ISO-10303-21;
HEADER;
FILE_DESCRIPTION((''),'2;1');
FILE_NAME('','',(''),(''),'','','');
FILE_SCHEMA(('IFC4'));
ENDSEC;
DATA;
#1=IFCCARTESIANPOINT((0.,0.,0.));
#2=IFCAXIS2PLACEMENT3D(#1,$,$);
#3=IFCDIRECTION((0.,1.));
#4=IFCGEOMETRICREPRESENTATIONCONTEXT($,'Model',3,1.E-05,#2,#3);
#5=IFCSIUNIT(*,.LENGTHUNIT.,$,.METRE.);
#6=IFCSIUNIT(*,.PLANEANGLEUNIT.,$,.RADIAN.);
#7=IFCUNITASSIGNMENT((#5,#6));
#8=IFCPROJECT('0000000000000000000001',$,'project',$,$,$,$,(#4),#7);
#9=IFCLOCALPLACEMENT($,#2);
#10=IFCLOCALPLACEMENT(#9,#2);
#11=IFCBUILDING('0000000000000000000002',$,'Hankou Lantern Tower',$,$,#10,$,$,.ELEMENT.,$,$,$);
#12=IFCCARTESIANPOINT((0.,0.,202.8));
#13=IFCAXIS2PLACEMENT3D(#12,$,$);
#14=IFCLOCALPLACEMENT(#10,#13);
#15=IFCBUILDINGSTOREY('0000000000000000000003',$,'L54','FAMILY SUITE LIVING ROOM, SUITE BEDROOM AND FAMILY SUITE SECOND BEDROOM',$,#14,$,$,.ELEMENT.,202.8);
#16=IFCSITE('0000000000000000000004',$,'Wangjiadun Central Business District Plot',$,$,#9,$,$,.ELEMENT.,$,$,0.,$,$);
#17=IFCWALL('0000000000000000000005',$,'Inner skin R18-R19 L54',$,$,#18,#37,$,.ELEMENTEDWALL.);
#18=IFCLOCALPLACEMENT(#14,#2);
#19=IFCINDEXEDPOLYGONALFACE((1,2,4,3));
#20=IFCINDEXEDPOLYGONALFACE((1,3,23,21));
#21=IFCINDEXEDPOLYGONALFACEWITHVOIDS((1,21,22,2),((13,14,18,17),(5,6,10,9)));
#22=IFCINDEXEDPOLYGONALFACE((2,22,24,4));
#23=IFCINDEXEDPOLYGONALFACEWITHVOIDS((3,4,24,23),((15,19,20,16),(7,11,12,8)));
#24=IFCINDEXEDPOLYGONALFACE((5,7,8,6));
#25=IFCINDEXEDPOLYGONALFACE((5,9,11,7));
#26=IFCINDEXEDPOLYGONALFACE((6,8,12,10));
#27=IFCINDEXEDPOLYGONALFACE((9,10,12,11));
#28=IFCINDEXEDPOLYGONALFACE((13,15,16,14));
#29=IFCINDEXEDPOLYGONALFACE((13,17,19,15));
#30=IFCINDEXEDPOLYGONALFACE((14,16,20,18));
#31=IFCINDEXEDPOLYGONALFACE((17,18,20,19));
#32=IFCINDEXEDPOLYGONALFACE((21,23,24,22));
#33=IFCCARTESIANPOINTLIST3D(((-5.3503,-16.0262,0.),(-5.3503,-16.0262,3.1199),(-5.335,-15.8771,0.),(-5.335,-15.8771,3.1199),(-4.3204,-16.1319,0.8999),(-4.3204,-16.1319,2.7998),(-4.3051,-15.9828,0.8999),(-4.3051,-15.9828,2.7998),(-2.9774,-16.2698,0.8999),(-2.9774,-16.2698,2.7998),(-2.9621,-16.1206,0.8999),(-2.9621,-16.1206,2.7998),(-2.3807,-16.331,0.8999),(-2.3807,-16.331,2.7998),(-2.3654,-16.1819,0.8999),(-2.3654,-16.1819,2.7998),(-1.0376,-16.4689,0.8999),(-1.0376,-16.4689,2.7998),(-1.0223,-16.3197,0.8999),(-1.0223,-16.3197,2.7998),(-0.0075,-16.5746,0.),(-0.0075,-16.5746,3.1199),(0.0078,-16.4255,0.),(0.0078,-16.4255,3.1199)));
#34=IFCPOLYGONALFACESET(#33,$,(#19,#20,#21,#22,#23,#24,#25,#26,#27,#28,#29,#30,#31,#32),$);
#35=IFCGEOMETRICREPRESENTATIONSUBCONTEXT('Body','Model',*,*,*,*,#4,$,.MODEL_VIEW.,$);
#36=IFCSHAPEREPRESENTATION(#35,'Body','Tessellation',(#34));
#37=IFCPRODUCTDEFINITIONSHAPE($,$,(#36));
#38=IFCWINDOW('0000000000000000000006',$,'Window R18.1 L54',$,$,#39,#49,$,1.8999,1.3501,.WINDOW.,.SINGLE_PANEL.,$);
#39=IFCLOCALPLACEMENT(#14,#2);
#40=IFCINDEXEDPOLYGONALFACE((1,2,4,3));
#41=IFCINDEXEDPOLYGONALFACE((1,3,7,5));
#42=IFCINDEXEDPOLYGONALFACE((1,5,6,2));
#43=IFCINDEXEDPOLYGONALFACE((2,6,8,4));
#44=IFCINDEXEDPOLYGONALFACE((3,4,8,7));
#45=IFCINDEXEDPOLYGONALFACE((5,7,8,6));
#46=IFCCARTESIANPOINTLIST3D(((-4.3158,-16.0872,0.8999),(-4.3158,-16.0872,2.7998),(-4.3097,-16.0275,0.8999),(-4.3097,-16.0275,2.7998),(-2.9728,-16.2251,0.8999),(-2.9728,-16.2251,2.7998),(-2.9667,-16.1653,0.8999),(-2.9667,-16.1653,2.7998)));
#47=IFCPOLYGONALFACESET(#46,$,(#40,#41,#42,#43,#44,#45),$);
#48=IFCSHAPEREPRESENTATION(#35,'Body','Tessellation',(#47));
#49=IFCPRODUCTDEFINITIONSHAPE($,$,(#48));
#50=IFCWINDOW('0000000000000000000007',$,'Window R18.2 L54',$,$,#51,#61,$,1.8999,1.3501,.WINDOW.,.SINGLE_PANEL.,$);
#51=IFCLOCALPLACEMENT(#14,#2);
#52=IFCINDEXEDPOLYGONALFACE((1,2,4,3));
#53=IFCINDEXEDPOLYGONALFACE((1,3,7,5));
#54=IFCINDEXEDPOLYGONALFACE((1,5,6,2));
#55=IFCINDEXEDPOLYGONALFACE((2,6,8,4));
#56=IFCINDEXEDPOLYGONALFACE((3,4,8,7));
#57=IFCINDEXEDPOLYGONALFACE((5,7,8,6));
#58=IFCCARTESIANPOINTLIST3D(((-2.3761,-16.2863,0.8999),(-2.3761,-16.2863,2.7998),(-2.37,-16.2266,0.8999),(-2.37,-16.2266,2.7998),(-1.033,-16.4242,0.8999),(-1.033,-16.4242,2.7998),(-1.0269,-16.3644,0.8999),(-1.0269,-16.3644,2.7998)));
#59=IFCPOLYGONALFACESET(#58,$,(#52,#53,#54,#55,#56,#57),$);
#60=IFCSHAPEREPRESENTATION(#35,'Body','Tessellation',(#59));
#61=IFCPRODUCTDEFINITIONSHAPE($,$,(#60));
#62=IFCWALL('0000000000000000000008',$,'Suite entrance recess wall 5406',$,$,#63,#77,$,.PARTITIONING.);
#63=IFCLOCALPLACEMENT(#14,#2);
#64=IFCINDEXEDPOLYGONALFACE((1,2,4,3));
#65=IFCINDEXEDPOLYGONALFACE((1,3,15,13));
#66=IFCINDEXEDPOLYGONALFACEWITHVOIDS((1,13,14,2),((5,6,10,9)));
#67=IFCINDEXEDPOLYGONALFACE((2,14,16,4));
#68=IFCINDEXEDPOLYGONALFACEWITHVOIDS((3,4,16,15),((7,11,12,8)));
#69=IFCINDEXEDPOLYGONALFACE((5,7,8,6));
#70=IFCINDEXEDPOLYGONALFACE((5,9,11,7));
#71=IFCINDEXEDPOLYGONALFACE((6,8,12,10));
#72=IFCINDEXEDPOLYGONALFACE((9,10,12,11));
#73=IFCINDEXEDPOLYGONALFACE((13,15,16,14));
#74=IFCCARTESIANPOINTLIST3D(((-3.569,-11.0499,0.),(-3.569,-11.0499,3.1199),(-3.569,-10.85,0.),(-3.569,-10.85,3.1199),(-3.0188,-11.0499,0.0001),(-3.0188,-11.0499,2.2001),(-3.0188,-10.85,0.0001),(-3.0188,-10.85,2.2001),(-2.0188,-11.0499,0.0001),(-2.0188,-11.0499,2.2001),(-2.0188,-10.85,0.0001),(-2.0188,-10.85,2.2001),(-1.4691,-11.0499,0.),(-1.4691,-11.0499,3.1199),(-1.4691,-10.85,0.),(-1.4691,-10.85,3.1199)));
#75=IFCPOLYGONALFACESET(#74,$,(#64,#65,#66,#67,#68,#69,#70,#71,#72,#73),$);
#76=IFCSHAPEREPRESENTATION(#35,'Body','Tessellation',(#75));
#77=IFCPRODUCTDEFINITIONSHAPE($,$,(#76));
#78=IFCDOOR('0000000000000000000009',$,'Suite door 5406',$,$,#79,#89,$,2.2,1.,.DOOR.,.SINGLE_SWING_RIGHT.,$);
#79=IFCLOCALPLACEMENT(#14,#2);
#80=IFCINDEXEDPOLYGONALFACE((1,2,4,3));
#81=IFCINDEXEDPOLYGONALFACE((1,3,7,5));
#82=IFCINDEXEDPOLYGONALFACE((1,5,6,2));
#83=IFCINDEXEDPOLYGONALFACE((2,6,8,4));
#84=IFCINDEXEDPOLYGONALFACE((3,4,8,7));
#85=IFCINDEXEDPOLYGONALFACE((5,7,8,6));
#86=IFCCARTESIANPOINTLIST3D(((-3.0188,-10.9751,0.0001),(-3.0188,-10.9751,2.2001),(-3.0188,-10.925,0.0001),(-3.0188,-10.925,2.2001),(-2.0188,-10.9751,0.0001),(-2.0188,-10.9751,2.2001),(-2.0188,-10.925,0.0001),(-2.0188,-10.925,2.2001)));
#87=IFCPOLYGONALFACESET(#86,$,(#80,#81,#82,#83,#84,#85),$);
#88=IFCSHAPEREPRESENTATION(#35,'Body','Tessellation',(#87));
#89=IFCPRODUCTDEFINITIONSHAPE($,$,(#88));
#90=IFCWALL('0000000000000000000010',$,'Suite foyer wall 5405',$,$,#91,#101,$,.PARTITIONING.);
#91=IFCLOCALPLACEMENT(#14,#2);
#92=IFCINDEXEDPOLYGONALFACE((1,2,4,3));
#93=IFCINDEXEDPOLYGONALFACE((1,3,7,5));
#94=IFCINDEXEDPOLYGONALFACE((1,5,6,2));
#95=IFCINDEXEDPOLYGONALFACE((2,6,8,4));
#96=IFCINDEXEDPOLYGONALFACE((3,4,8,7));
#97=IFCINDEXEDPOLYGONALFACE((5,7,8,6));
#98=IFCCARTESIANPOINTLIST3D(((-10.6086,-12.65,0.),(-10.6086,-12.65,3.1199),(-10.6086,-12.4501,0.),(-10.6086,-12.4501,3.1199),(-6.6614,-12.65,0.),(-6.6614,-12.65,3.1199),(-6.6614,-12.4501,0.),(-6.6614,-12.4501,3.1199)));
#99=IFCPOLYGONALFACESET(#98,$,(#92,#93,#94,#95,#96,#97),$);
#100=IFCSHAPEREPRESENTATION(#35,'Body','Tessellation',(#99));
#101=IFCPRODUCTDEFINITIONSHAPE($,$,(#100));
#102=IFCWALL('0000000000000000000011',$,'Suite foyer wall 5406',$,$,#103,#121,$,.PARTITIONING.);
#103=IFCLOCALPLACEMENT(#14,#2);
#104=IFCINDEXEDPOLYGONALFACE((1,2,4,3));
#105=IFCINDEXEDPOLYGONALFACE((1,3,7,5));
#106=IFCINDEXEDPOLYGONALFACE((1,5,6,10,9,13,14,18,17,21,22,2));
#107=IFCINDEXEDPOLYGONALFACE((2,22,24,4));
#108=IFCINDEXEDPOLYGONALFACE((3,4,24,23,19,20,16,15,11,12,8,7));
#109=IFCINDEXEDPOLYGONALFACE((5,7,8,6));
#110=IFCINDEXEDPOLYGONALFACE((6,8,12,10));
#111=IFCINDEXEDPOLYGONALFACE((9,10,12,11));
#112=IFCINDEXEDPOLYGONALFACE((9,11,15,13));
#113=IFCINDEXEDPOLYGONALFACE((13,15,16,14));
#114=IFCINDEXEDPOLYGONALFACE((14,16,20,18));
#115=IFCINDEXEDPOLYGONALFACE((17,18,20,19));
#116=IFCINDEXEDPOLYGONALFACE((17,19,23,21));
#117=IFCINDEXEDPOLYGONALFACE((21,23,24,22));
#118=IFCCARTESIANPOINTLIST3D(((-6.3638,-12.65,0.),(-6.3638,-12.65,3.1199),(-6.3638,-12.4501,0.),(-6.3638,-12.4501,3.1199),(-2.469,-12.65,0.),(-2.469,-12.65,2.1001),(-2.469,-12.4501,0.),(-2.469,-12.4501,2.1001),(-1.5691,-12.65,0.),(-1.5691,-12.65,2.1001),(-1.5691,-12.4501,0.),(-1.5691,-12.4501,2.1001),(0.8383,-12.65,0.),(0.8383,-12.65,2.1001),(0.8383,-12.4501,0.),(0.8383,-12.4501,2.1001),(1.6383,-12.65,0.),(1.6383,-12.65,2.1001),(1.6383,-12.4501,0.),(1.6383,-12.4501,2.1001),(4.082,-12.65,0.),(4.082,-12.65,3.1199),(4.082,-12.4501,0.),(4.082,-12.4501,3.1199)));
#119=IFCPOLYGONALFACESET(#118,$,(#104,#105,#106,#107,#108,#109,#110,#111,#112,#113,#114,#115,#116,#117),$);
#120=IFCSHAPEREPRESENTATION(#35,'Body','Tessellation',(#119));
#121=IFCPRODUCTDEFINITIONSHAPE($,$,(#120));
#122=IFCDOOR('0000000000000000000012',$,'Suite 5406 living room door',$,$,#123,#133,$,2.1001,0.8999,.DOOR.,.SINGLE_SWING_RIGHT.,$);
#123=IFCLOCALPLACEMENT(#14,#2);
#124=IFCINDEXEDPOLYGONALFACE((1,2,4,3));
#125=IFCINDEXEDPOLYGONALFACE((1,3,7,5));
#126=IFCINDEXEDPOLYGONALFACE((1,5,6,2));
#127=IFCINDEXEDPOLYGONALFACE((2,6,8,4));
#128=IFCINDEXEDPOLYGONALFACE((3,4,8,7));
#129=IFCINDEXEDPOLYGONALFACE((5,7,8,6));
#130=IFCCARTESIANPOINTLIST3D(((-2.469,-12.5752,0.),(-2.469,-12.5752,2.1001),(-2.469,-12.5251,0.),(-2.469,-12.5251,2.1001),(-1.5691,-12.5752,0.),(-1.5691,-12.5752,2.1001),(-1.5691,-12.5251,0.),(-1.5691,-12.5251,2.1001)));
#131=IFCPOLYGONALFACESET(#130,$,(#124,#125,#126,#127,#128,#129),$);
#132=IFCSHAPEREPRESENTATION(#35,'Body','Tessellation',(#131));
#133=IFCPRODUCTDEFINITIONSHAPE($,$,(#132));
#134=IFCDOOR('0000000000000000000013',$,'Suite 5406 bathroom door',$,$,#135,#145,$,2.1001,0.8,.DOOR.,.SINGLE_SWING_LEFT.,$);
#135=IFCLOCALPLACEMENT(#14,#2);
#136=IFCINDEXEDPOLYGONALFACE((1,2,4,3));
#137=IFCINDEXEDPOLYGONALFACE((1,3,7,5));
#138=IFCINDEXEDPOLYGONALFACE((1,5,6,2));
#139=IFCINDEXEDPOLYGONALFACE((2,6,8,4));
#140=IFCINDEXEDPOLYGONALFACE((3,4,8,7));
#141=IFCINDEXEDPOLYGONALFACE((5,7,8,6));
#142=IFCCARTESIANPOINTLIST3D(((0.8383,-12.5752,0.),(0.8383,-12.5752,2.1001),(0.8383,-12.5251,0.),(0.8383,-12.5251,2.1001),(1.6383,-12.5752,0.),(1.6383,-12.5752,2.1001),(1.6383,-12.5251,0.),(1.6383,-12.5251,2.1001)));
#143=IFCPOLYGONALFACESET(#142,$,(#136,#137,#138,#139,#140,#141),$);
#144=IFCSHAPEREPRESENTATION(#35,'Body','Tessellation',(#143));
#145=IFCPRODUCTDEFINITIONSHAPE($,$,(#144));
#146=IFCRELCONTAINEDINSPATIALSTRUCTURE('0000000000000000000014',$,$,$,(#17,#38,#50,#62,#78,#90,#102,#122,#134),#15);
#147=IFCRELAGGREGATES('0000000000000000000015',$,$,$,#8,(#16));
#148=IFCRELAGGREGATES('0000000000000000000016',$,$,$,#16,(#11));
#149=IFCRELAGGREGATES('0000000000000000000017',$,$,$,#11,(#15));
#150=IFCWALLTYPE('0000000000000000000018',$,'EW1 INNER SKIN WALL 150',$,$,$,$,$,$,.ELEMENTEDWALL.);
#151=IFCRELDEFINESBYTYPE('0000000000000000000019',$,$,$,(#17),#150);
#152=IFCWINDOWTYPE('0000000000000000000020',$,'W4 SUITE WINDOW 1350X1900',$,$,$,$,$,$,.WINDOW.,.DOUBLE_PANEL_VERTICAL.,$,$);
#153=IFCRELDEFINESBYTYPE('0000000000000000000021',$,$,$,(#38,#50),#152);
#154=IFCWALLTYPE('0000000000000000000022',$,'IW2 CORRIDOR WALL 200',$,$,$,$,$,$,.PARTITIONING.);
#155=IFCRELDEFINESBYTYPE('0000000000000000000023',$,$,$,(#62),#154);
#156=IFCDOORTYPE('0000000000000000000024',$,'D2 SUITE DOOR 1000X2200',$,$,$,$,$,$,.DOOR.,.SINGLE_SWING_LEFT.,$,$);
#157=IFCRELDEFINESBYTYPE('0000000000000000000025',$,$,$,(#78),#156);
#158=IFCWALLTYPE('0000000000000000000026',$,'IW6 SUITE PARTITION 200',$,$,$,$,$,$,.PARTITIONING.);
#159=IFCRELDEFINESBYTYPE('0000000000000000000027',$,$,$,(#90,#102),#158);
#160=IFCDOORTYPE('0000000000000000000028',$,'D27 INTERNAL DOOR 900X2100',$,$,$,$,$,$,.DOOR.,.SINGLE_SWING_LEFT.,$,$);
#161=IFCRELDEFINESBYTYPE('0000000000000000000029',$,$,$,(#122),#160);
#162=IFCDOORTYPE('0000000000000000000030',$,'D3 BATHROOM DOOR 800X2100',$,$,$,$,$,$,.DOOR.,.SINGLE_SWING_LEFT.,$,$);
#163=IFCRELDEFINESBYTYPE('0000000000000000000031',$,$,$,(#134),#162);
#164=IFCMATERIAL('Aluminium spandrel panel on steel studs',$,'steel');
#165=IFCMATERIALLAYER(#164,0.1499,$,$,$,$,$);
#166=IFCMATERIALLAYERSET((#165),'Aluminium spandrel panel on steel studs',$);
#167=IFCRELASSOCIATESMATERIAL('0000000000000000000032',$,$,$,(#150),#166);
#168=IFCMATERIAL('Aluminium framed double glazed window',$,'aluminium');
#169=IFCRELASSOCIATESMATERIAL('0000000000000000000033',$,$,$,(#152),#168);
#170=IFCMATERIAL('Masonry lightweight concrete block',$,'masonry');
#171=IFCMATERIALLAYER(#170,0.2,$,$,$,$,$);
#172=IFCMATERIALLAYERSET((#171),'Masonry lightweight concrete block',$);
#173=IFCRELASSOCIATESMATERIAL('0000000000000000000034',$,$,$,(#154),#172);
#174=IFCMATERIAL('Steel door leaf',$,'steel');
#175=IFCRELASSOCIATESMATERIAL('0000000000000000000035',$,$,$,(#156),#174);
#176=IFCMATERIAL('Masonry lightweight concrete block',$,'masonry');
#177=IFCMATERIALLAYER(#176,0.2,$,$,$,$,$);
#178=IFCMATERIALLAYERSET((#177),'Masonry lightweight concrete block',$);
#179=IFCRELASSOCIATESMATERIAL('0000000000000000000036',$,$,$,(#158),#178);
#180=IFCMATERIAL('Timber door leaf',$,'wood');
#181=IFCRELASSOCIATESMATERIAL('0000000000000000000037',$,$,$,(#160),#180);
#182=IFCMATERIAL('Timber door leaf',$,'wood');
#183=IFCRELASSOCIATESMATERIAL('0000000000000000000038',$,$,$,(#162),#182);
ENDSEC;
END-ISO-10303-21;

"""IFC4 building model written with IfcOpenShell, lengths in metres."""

from ifc_helpers import new_model, si_unit, direction, frame, frame_2d, origin, place, context, subcontext, project, spatial, rectangle, extrude, material, layer, layer_set, type_object, element, fill, save


model = new_model("IFC4")

# Units and contexts
model_context = context("Model", 3, precision=1e-05, world=origin(), true_north=direction((0.0, 1.0)))
body_context = subcontext(model_context, "Body", "Model", "MODEL_VIEW")
ifc_project = project(units=[si_unit("LENGTHUNIT", "METRE"), si_unit("PLANEANGLEUNIT", "RADIAN")], contexts=[model_context])

# Site, building, storey
site_placement = place(None, origin())
site = spatial("IfcSite", under=ifc_project, at=site_placement, Name="Wangjiadun Central Business District Plot", CompositionType="ELEMENT", RefElevation=0.0)
building_placement = place(site_placement, origin())
building = spatial("IfcBuilding", under=site, at=building_placement, Name="Hankou Lantern Tower", CompositionType="ELEMENT")
storey_placement = place(building_placement, frame((0.0, 0.0, 202.8)))
storey = spatial("IfcBuildingStorey", under=building, at=storey_placement, Name="L54", Description="FAMILY SUITE LIVING ROOM, SUITE BEDROOM AND FAMILY SUITE SECOND BEDROOM", CompositionType="ELEMENT", Elevation=202.8)

# Wall, openings, windows
ifc_material_1 = material(Name="Aluminium spandrel panel on steel studs", Category="steel")
ifc_layer_1 = layer(ifc_material_1, 0.1499)
ifc_layer_set_1 = layer_set([ifc_layer_1], Name="Aluminium spandrel panel on steel studs")
wall_type_1 = type_object("IfcWallType", Name="EW1 INNER SKIN WALL 150", PredefinedType="ELEMENTEDWALL", material=ifc_layer_set_1)
ifc_material_2 = material(Name="Aluminium framed double glazed window", Category="aluminium")
window_type = type_object("IfcWindowType", Name="W4 SUITE WINDOW 1350X1900", PartitioningType="DOUBLE_PANEL_VERTICAL", PredefinedType="WINDOW", material=ifc_material_2)
wall_1_placement = place(storey_placement, frame((-5.3428, -15.9517, 0.0), z_axis=(0.0, 0.0, 1.0), x_axis=(0.994775, -0.102096, 0.0)))
wall_1 = element("IfcWall", 1, at=wall_1_placement, inside=storey, type_object=wall_type_1, Name="Inner skin R18-R19 L54", PredefinedType="ELEMENTEDWALL", context=body_context, shape_type="SweptSolid", body=[
    extrude(rectangle(XDim=5.3708, YDim=0.1499, at=frame_2d((2.6855, 0.0))), origin(), (0.0, 0.0, 1.0), 3.1199),
])
opening_1_placement = place(wall_1_placement, frame((1.0354, 0.0, 0.8999)))
opening_1 = element("IfcOpeningElement", 2, at=opening_1_placement, cuts=wall_1, PredefinedType="OPENING", context=body_context, shape_type="SweptSolid", body=[
    extrude(rectangle(XDim=1.3501, YDim=1.8999, at=frame_2d((0.675, 0.95))), frame((0.0, 0.085, 0.0), z_axis=(0.0, -1.0, 0.0), x_axis=(1.0, 0.0, 0.0)), (0.0, 0.0, 1.0), 0.1699),
])
opening_2_placement = place(wall_1_placement, frame((2.9854, 0.0, 0.8999)))
opening_2 = element("IfcOpeningElement", 3, at=opening_2_placement, cuts=wall_1, PredefinedType="OPENING", context=body_context, shape_type="SweptSolid", body=[
    extrude(rectangle(XDim=1.3501, YDim=1.8999, at=frame_2d((0.675, 0.95))), frame((0.0, 0.085, 0.0), z_axis=(0.0, -1.0, 0.0), x_axis=(1.0, 0.0, 0.0)), (0.0, 0.0, 1.0), 0.1699),
])
window_1_placement = place(opening_1_placement, origin())
window_1 = element("IfcWindow", 4, at=window_1_placement, inside=storey, type_object=window_type, Name="Window R18.1 L54", OverallHeight=1.8999, OverallWidth=1.3501, PartitioningType="SINGLE_PANEL", PredefinedType="WINDOW", context=body_context, shape_type="SweptSolid", body=[
    extrude(rectangle(XDim=1.3501, YDim=1.8999, at=frame_2d((0.675, 0.95))), frame((0.0, 0.03, 0.0), z_axis=(0.0, -1.0, 0.0), x_axis=(1.0, 0.0, 0.0)), (0.0, 0.0, 1.0), 0.0601),
])
fill(opening_1, window_1)
window_2_placement = place(opening_2_placement, origin())
window_2 = element("IfcWindow", 5, at=window_2_placement, inside=storey, type_object=window_type, Name="Window R18.2 L54", OverallHeight=1.8999, OverallWidth=1.3501, PartitioningType="SINGLE_PANEL", PredefinedType="WINDOW", context=body_context, shape_type="SweptSolid", body=[
    extrude(rectangle(XDim=1.3501, YDim=1.8999, at=frame_2d((0.675, 0.95))), frame((0.0, 0.03, 0.0), z_axis=(0.0, -1.0, 0.0), x_axis=(1.0, 0.0, 0.0)), (0.0, 0.0, 1.0), 0.0601),
])
fill(opening_2, window_2)

# Wall, opening, door
ifc_material_3 = material(Name="Masonry lightweight concrete block", Category="masonry")
ifc_layer_2 = layer(ifc_material_3, 0.2)
ifc_layer_set_2 = layer_set([ifc_layer_2], Name="Masonry lightweight concrete block")
wall_type_2 = type_object("IfcWallType", Name="IW2 CORRIDOR WALL 200", PredefinedType="PARTITIONING", material=ifc_layer_set_2)
wall_2_placement = place(storey_placement, frame((-3.5688, -10.95, 0.0), z_axis=(0.0, 0.0, 1.0), x_axis=(1.0, 0.0, 0.0)))
wall_2 = element("IfcWall", 6, at=wall_2_placement, inside=storey, type_object=wall_type_2, Name="Suite entrance recess wall 5406", PredefinedType="PARTITIONING", context=body_context, shape_type="SweptSolid", body=[
    extrude(rectangle(XDim=2.0999, YDim=0.2, at=frame_2d((1.0498, 0.0))), origin(), (0.0, 0.0, 1.0), 3.1199),
])
opening_3_placement = place(wall_2_placement, frame((0.55, 0.0, 0.0)))
opening_3 = element("IfcOpeningElement", 7, at=opening_3_placement, cuts=wall_2, PredefinedType="OPENING", context=body_context, shape_type="SweptSolid", body=[
    extrude(rectangle(XDim=1.0, YDim=2.2, at=frame_2d((0.5, 1.1001))), frame((0.0, 0.1099, 0.0), z_axis=(0.0, -1.0, 0.0), x_axis=(1.0, 0.0, 0.0)), (0.0, 0.0, 1.0), 0.22),
])
ifc_material_4 = material(Name="Steel door leaf", Category="steel")
door_type_1 = type_object("IfcDoorType", Name="D2 SUITE DOOR 1000X2200", OperationType="SINGLE_SWING_LEFT", PredefinedType="DOOR", material=ifc_material_4)
door_1_placement = place(opening_3_placement, origin())
door_1 = element("IfcDoor", 8, at=door_1_placement, inside=storey, type_object=door_type_1, Name="Suite door 5406", OperationType="SINGLE_SWING_RIGHT", OverallHeight=2.2, OverallWidth=1.0, PredefinedType="DOOR", context=body_context, shape_type="SweptSolid", body=[
    extrude(rectangle(XDim=1.0, YDim=2.2, at=frame_2d((0.5, 1.1001))), frame((0.0, 0.0249, 0.0), z_axis=(0.0, -1.0, 0.0), x_axis=(1.0, 0.0, 0.0)), (0.0, 0.0, 1.0), 0.05),
])
fill(opening_3, door_1)

# Wall
ifc_material_5 = material(Name="Masonry lightweight concrete block", Category="masonry")
ifc_layer_3 = layer(ifc_material_5, 0.2)
ifc_layer_set_3 = layer_set([ifc_layer_3], Name="Masonry lightweight concrete block")
wall_type_3 = type_object("IfcWallType", Name="IW6 SUITE PARTITION 200", PredefinedType="PARTITIONING", material=ifc_layer_set_3)
wall_3_placement = place(storey_placement, frame((-10.6086, -12.55, 0.0), z_axis=(0.0, 0.0, 1.0), x_axis=(1.0, 0.0, 0.0)))
element("IfcWall", 9, at=wall_3_placement, inside=storey, type_object=wall_type_3, Name="Suite foyer wall 5405", PredefinedType="PARTITIONING", context=body_context, shape_type="SweptSolid", body=[
    extrude(rectangle(XDim=3.9473, YDim=0.2, at=frame_2d((1.9736, 0.0))), origin(), (0.0, 0.0, 1.0), 3.1199),
])

# Wall, openings, doors
wall_4_placement = place(storey_placement, frame((-6.3638, -12.55, 0.0), z_axis=(0.0, 0.0, 1.0), x_axis=(1.0, 0.0, 0.0)))
wall_4 = element("IfcWall", 10, at=wall_4_placement, inside=storey, type_object=wall_type_3, Name="Suite foyer wall 5406", PredefinedType="PARTITIONING", context=body_context, shape_type="SweptSolid", body=[
    extrude(rectangle(XDim=10.4458, YDim=0.2, at=frame_2d((5.2229, 0.0))), origin(), (0.0, 0.0, 1.0), 3.1199),
])
opening_4_placement = place(wall_4_placement, frame((7.2021, 0.0, 0.0)))
opening_4 = element("IfcOpeningElement", 11, at=opening_4_placement, cuts=wall_4, PredefinedType="OPENING", context=body_context, shape_type="SweptSolid", body=[
    extrude(rectangle(XDim=0.8, YDim=2.1001, at=frame_2d((0.3999, 1.05))), frame((0.0, 0.1099, 0.0), z_axis=(0.0, -1.0, 0.0), x_axis=(1.0, 0.0, 0.0)), (0.0, 0.0, 1.0), 0.22),
])
opening_5_placement = place(wall_4_placement, frame((3.8948, 0.0, 0.0)))
opening_5 = element("IfcOpeningElement", 12, at=opening_5_placement, cuts=wall_4, PredefinedType="OPENING", context=body_context, shape_type="SweptSolid", body=[
    extrude(rectangle(XDim=0.8999, YDim=2.1001, at=frame_2d((0.45, 1.05))), frame((0.0, 0.1099, 0.0), z_axis=(0.0, -1.0, 0.0), x_axis=(1.0, 0.0, 0.0)), (0.0, 0.0, 1.0), 0.22),
])
ifc_material_6 = material(Name="Timber door leaf", Category="wood")
door_type_2 = type_object("IfcDoorType", Name="D27 INTERNAL DOOR 900X2100", OperationType="SINGLE_SWING_LEFT", PredefinedType="DOOR", material=ifc_material_6)
door_2_placement = place(opening_5_placement, origin())
door_2 = element("IfcDoor", 13, at=door_2_placement, inside=storey, type_object=door_type_2, Name="Suite 5406 living room door", OperationType="SINGLE_SWING_RIGHT", OverallHeight=2.1001, OverallWidth=0.8999, PredefinedType="DOOR", context=body_context, shape_type="SweptSolid", body=[
    extrude(rectangle(XDim=0.8999, YDim=2.1001, at=frame_2d((0.45, 1.05))), frame((0.0, 0.0249, 0.0), z_axis=(0.0, -1.0, 0.0), x_axis=(1.0, 0.0, 0.0)), (0.0, 0.0, 1.0), 0.05),
])
fill(opening_5, door_2)
ifc_material_7 = material(Name="Timber door leaf", Category="wood")
door_type_3 = type_object("IfcDoorType", Name="D3 BATHROOM DOOR 800X2100", OperationType="SINGLE_SWING_LEFT", PredefinedType="DOOR", material=ifc_material_7)
door_3_placement = place(opening_4_placement, origin())
door_3 = element("IfcDoor", 14, at=door_3_placement, inside=storey, type_object=door_type_3, Name="Suite 5406 bathroom door", OperationType="SINGLE_SWING_LEFT", OverallHeight=2.1001, OverallWidth=0.8, PredefinedType="DOOR", context=body_context, shape_type="SweptSolid", body=[
    extrude(rectangle(XDim=0.8, YDim=2.1001, at=frame_2d((0.3999, 1.05))), frame((0.0, 0.0249, 0.0), z_axis=(0.0, -1.0, 0.0), x_axis=(1.0, 0.0, 0.0)), (0.0, 0.0, 1.0), 0.05),
])
fill(opening_4, door_3)

save(model, "model.ifc")
